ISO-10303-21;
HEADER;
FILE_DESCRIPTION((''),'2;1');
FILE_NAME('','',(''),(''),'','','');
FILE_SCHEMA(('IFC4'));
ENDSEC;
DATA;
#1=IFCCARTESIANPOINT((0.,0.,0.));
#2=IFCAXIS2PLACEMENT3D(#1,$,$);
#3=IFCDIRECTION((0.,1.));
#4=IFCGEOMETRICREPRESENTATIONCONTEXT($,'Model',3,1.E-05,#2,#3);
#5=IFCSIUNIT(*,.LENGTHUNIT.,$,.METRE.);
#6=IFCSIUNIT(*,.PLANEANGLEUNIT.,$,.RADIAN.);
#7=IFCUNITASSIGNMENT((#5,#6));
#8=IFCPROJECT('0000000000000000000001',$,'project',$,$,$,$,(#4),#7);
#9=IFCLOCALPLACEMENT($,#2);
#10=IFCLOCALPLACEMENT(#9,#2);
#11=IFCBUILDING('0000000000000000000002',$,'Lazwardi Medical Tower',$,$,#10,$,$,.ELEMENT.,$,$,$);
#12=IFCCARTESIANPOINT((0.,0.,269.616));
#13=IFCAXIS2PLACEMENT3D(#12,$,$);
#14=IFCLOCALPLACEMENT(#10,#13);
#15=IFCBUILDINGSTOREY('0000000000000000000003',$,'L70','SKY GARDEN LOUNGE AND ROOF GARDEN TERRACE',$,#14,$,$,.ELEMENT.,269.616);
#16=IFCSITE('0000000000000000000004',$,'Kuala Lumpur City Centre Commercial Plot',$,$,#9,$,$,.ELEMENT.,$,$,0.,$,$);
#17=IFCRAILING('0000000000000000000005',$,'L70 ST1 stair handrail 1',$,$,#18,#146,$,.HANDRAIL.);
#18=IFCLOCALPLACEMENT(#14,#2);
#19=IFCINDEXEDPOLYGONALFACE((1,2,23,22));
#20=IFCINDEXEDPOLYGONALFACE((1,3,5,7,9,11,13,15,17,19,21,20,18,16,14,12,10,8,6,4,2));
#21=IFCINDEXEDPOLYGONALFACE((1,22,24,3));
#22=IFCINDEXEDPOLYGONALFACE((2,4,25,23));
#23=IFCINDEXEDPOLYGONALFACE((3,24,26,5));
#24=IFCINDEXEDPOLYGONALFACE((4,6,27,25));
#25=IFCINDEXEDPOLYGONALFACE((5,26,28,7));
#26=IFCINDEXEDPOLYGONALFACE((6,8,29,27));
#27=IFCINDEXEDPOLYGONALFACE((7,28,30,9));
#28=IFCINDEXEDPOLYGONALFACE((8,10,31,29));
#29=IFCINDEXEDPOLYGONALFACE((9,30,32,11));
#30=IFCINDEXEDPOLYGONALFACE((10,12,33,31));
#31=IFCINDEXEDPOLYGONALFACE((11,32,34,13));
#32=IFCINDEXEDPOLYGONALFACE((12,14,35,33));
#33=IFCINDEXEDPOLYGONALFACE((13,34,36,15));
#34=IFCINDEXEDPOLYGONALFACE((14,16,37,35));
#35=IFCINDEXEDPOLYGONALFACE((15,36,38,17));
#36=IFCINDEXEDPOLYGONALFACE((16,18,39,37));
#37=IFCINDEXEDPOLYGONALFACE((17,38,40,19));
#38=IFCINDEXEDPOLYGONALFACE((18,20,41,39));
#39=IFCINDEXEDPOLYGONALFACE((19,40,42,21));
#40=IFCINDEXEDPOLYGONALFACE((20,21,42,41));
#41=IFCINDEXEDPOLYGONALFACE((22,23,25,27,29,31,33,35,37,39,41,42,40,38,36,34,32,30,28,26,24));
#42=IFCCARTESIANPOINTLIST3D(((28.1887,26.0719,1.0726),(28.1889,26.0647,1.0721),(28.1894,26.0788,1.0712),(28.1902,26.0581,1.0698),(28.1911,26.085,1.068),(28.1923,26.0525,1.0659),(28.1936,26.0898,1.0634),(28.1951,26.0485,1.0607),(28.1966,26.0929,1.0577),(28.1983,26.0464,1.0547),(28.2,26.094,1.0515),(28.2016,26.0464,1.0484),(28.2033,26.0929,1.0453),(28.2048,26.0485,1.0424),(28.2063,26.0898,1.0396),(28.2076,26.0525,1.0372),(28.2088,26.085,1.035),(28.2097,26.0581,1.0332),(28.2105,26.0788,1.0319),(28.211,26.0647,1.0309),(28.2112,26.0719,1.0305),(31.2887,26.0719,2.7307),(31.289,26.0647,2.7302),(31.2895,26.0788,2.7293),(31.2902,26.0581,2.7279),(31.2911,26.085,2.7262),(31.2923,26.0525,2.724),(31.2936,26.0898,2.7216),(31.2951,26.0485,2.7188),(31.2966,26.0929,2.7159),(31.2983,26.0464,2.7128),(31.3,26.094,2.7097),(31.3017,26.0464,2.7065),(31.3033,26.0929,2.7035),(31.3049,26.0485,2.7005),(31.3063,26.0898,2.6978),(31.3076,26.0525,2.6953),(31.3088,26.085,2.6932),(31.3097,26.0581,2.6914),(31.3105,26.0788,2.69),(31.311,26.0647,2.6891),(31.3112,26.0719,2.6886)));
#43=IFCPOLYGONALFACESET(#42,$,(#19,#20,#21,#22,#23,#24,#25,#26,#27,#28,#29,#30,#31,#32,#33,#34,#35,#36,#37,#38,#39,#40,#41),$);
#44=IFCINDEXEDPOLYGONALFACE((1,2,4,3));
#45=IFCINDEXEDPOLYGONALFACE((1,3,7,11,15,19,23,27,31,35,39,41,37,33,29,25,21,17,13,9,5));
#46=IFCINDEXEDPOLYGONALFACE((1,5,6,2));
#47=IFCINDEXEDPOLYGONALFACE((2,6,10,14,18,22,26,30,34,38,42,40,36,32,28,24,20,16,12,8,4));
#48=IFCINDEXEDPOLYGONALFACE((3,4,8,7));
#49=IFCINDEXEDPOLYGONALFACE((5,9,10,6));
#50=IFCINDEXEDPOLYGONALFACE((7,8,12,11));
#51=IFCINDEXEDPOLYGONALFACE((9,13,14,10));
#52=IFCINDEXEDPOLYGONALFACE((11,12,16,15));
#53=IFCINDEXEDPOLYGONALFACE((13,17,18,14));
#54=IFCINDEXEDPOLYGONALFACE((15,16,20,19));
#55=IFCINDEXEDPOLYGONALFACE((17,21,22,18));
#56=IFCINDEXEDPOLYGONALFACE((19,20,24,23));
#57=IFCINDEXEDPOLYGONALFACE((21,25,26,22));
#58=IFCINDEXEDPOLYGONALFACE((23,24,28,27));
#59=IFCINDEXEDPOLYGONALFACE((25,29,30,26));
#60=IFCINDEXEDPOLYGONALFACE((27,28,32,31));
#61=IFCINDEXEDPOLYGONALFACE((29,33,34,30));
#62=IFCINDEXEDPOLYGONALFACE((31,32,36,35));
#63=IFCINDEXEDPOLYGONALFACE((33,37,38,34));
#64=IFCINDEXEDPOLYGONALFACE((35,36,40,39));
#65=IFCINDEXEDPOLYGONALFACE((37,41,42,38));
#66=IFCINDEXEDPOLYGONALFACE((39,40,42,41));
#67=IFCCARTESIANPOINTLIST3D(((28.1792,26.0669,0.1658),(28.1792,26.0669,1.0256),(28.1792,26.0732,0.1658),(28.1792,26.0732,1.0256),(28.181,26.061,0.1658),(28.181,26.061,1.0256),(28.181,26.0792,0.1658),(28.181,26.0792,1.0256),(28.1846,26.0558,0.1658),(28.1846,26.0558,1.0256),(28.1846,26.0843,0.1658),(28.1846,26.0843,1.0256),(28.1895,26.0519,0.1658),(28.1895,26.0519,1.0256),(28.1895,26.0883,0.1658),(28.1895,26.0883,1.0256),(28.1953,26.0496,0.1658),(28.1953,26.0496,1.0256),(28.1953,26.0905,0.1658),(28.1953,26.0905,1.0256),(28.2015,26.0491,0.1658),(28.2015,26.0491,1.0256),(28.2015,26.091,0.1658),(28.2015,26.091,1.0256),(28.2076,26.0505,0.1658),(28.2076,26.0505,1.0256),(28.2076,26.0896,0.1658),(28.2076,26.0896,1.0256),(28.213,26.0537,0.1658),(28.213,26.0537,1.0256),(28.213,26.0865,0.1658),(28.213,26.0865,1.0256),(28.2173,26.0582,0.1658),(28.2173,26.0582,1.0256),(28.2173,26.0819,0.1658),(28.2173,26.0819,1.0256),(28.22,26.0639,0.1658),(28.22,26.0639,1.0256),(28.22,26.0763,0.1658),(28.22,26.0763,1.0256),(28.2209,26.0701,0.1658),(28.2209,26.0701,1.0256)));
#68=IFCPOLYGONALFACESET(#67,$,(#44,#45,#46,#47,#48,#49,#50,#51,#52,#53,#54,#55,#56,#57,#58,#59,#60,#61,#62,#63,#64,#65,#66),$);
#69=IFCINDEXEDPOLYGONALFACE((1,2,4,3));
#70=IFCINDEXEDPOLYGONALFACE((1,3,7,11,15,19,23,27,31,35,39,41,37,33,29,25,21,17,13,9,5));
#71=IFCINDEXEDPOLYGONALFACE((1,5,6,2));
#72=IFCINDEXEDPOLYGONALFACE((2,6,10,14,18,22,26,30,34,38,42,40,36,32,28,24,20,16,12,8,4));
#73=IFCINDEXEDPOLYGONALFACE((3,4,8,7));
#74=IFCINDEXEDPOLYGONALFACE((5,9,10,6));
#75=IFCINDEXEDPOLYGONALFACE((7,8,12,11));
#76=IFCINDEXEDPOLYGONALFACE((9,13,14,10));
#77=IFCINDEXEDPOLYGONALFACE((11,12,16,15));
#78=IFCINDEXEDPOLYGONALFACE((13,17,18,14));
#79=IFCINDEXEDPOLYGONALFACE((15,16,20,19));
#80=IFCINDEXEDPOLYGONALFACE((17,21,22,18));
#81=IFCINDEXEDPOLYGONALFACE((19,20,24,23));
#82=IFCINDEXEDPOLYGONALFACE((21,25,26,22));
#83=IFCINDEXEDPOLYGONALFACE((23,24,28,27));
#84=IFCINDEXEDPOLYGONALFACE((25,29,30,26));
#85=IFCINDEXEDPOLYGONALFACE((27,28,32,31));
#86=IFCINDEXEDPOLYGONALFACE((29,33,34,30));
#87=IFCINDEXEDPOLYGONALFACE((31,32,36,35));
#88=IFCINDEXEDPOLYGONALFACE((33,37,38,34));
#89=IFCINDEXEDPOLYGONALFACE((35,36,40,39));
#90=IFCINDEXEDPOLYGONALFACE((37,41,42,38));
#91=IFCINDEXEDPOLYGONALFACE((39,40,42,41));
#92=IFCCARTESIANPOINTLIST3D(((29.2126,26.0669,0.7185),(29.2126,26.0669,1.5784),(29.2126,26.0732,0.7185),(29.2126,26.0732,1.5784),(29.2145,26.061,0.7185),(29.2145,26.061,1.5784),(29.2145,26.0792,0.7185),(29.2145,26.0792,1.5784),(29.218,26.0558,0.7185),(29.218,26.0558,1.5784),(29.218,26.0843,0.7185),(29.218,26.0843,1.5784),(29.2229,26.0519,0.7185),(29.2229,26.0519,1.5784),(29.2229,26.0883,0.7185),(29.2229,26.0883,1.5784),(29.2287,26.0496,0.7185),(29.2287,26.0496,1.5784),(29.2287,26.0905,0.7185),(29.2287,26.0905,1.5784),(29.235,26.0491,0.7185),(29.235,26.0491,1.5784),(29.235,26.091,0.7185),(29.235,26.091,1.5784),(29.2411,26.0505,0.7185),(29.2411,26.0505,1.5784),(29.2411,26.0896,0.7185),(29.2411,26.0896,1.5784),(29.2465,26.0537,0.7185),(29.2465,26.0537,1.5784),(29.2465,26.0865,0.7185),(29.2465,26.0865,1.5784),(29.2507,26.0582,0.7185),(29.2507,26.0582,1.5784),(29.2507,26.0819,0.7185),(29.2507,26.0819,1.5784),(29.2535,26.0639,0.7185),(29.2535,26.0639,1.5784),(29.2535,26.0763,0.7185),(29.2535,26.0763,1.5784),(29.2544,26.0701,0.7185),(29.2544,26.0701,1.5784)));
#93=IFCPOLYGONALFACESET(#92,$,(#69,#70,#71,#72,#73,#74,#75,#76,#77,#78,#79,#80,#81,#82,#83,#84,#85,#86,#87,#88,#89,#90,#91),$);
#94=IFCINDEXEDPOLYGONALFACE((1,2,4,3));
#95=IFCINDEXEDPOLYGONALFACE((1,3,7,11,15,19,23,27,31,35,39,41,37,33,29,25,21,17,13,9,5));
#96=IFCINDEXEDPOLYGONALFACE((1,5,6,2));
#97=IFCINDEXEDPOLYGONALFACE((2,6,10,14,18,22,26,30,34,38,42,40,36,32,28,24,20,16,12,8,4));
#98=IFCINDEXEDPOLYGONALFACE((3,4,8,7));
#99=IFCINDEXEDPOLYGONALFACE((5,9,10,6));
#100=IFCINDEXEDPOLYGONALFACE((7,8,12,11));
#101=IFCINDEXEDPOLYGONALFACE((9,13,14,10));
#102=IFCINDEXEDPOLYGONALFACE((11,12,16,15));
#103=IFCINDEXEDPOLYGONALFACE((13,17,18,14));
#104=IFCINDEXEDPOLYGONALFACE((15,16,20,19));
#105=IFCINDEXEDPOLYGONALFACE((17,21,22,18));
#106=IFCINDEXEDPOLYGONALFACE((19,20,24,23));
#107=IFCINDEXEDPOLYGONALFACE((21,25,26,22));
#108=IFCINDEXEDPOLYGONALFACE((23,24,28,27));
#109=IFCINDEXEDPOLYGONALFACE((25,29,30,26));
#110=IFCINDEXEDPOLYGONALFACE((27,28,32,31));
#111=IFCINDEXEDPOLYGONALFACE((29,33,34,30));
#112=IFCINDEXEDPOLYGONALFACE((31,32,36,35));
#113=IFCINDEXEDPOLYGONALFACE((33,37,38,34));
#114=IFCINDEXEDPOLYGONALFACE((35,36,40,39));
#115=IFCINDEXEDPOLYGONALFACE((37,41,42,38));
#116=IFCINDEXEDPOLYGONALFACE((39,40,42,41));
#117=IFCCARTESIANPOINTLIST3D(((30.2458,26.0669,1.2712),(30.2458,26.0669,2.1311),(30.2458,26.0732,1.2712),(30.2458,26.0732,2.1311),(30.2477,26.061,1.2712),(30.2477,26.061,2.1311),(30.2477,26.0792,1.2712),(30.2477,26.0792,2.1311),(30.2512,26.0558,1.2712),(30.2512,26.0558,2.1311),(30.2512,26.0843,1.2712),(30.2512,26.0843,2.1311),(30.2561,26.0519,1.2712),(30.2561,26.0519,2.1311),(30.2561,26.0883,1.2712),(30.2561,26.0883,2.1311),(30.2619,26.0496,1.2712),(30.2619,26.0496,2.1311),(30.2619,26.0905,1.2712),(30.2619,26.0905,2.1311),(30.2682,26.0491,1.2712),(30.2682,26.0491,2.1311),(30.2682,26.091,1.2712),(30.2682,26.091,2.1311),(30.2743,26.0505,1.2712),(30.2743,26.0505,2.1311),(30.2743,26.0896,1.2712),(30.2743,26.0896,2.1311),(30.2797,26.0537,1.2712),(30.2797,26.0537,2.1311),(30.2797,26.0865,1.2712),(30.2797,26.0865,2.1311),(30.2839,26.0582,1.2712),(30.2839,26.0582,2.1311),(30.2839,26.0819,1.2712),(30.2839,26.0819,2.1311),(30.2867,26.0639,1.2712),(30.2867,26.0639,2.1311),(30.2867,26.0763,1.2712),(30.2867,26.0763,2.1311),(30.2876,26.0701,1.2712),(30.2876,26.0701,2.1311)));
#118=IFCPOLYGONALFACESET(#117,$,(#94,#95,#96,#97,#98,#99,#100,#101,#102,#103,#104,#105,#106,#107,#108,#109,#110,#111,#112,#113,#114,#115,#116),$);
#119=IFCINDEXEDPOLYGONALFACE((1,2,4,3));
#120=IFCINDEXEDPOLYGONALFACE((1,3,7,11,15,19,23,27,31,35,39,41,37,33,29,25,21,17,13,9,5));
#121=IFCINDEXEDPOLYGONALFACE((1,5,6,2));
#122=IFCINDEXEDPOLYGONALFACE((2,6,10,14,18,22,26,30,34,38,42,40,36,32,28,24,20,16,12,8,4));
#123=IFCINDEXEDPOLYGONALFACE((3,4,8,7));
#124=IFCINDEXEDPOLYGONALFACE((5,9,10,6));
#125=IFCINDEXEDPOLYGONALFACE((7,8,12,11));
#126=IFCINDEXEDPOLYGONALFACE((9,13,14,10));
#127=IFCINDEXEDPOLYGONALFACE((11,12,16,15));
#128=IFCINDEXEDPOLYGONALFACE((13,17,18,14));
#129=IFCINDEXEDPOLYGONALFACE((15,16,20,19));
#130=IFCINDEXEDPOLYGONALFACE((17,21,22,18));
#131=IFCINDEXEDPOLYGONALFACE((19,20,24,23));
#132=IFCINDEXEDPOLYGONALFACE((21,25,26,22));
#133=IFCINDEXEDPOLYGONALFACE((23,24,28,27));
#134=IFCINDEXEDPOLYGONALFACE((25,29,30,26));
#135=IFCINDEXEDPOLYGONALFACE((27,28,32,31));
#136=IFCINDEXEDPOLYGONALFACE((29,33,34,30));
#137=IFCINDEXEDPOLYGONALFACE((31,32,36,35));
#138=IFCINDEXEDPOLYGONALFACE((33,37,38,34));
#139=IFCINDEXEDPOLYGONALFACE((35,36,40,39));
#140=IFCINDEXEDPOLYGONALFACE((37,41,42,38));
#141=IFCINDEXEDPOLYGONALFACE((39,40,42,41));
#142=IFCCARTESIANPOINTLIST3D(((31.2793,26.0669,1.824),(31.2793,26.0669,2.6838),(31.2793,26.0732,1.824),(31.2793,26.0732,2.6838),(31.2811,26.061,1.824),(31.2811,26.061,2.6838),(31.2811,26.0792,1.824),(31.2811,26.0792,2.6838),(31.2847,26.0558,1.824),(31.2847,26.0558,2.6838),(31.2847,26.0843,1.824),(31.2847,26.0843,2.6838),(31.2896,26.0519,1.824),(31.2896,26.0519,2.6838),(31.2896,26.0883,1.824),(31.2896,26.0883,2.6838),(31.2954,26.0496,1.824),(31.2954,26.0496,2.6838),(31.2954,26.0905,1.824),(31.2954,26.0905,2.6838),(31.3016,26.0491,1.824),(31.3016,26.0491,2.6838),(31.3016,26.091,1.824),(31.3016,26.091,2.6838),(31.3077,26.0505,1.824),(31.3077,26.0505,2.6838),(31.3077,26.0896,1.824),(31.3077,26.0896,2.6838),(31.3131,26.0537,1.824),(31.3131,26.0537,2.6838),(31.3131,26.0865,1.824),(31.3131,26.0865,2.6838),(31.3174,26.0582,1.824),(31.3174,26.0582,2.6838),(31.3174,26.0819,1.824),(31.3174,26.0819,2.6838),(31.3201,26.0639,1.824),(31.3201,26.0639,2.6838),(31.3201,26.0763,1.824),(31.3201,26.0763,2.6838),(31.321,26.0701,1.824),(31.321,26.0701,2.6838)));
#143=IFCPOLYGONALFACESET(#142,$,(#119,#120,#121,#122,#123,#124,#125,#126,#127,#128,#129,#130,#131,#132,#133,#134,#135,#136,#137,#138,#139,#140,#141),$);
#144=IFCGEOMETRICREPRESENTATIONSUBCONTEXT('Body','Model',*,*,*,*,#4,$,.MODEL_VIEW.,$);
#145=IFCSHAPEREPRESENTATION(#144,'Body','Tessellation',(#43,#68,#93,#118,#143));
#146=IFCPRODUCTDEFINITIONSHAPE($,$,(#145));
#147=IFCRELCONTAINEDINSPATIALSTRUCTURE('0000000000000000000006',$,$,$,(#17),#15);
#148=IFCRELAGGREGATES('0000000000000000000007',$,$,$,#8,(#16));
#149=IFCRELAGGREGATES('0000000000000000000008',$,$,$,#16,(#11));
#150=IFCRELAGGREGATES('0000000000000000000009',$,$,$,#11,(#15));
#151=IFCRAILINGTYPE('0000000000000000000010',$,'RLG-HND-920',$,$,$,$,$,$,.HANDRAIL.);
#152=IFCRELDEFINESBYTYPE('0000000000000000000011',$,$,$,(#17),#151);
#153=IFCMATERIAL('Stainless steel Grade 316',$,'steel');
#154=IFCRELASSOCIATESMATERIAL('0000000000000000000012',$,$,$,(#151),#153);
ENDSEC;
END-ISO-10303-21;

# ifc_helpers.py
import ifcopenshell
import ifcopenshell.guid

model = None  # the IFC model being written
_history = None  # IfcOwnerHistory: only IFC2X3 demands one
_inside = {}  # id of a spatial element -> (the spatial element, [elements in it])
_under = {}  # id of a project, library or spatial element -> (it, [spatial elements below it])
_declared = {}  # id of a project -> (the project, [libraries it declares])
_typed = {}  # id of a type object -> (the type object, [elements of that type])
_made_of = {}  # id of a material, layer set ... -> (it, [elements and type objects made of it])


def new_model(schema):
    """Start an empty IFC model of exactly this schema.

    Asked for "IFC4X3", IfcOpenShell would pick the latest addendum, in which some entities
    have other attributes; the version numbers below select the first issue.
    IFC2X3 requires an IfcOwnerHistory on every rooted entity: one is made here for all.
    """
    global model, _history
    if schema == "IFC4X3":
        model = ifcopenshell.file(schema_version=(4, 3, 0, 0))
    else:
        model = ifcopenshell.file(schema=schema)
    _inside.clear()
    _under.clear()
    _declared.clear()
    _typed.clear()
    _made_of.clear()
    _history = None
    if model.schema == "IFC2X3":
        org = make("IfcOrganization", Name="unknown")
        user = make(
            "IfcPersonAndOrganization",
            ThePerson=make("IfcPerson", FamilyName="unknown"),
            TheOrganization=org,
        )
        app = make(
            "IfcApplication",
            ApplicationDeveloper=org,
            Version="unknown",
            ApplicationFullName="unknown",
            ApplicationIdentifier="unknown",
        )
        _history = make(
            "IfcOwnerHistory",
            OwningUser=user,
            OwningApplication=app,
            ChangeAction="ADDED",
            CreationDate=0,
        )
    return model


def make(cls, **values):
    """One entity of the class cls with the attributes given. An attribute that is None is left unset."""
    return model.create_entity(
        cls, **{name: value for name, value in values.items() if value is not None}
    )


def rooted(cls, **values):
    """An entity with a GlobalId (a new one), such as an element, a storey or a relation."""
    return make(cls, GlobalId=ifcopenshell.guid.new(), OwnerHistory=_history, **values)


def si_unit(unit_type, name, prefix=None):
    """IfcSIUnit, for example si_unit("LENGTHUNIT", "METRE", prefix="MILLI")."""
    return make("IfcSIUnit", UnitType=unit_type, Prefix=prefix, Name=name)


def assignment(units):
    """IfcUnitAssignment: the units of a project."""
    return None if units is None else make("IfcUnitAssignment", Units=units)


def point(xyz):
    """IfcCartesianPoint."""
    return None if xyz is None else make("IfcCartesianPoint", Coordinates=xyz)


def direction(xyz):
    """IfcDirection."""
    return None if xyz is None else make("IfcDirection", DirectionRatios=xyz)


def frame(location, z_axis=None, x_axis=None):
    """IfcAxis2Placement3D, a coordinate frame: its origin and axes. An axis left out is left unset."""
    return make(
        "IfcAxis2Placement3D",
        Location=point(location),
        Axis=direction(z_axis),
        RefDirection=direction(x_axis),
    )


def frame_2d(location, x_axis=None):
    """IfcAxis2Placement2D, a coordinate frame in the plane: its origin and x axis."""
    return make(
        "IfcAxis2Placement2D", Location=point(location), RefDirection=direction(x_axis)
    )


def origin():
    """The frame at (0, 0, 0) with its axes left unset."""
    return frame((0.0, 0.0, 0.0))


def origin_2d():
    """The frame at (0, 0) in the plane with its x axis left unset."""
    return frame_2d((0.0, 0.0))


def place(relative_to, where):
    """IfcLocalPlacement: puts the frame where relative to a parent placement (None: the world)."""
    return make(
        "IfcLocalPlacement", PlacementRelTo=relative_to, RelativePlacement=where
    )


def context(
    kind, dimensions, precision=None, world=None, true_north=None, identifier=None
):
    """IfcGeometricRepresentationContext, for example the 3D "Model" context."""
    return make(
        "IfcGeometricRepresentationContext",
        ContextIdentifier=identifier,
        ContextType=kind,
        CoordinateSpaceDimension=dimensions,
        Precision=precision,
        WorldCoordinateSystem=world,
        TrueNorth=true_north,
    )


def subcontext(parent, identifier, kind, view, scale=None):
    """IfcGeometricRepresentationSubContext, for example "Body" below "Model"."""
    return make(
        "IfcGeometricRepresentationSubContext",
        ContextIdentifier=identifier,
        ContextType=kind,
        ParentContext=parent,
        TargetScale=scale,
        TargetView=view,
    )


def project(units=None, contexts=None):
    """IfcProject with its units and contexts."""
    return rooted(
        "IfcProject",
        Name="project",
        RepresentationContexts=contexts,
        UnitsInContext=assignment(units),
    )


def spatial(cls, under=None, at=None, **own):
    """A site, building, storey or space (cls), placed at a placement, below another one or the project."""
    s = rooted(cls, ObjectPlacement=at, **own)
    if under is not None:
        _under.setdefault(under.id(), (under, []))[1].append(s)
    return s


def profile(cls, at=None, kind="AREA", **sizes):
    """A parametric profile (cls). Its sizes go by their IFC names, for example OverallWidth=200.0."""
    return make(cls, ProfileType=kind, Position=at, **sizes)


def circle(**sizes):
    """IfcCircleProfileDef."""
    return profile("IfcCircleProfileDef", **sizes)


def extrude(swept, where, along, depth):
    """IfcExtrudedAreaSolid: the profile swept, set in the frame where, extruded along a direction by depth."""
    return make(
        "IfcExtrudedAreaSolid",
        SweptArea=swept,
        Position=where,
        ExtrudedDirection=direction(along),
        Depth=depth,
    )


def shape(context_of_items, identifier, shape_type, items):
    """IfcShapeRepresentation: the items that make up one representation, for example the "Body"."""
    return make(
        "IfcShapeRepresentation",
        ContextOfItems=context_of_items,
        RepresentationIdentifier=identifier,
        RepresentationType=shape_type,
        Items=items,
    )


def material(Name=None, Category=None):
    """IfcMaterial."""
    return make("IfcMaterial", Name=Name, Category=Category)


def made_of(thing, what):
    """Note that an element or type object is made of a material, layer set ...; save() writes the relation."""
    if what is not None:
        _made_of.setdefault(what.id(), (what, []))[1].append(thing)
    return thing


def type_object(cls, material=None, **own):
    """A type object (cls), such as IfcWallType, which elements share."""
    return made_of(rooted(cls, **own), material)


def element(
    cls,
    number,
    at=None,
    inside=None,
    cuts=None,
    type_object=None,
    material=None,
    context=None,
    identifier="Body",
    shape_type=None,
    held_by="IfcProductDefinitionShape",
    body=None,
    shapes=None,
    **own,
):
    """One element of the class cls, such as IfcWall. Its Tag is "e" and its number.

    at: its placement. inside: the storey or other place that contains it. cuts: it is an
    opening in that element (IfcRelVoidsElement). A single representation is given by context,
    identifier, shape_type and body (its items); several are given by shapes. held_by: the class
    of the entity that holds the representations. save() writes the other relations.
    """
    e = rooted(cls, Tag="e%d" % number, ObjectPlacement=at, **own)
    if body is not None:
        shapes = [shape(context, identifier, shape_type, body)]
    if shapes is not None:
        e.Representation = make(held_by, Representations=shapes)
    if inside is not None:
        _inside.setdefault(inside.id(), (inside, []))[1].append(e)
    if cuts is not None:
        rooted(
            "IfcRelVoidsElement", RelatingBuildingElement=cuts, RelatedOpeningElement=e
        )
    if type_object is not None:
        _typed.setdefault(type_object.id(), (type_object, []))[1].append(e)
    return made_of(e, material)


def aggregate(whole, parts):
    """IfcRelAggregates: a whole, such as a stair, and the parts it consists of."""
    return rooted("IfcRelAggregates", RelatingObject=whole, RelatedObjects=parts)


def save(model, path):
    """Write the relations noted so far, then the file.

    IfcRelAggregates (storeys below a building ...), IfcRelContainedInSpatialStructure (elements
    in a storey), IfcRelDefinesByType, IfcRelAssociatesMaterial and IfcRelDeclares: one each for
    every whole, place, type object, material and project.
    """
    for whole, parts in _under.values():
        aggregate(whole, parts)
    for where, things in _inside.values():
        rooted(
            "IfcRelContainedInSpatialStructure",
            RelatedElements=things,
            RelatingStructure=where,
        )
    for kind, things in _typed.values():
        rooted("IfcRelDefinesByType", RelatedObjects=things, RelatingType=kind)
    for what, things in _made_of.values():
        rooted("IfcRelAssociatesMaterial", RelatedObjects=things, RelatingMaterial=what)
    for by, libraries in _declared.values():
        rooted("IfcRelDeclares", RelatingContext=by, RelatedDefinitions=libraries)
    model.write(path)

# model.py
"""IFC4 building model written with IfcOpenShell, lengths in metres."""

from ifc_helpers import new_model, si_unit, direction, frame, origin, origin_2d, place, context, subcontext, project, spatial, circle, extrude, material, type_object, element, save


model = new_model("IFC4")

# Units and contexts
model_context = context("Model", 3, precision=1e-05, world=origin(), true_north=direction((0.0, 1.0)))
body_context = subcontext(model_context, "Body", "Model", "MODEL_VIEW")
ifc_project = project(units=[si_unit("LENGTHUNIT", "METRE"), si_unit("PLANEANGLEUNIT", "RADIAN")], contexts=[model_context])

# Site, building, storey
site_placement = place(None, origin())
site = spatial("IfcSite", under=ifc_project, at=site_placement, Name="Kuala Lumpur City Centre Commercial Plot", CompositionType="ELEMENT", RefElevation=0.0)
building_placement = place(site_placement, origin())
building = spatial("IfcBuilding", under=site, at=building_placement, Name="Lazwardi Medical Tower", CompositionType="ELEMENT")
storey_placement = place(building_placement, frame((0.0, 0.0, 269.616)))
storey = spatial("IfcBuildingStorey", under=building, at=storey_placement, Name="L70", Description="SKY GARDEN LOUNGE AND ROOF GARDEN TERRACE", CompositionType="ELEMENT", Elevation=269.616)

# Railing
ifc_material_1 = material(Name="Stainless steel Grade 316", Category="steel")
railing_type_1 = type_object("IfcRailingType", Name="RLG-HND-920", PredefinedType="HANDRAIL", material=ifc_material_1)
railing_1_placement = place(storey_placement, frame((28.2, 26.0701, 0.1658)))
element("IfcRailing", 1, at=railing_1_placement, inside=storey, type_object=railing_type_1, Name="L70 ST1 stair handrail 1", PredefinedType="HANDRAIL", context=body_context, shape_type="SweptSolid", body=[
    extrude(circle(Radius=0.0239, at=origin_2d()), frame((0.0, 0.0, 0.8857), z_axis=(0.881783, 0.0, 0.471655), x_axis=(0.0, 1.0, 0.0)), (0.0, 0.0, 1.0), 3.5156),
    extrude(circle(Radius=0.021, at=origin_2d()), origin(), (0.0, 0.0, 1.0), 0.8599),
    extrude(circle(Radius=0.021, at=origin_2d()), frame((1.0334, 0.0, 0.5527)), (0.0, 0.0, 1.0), 0.8599),
    extrude(circle(Radius=0.021, at=origin_2d()), frame((2.0667, 0.0, 1.1055)), (0.0, 0.0, 1.0), 0.8599),
    extrude(circle(Radius=0.021, at=origin_2d()), frame((3.1001, 0.0, 1.6582)), (0.0, 0.0, 1.0), 0.8599),
])

save(model, "model.ifc")
